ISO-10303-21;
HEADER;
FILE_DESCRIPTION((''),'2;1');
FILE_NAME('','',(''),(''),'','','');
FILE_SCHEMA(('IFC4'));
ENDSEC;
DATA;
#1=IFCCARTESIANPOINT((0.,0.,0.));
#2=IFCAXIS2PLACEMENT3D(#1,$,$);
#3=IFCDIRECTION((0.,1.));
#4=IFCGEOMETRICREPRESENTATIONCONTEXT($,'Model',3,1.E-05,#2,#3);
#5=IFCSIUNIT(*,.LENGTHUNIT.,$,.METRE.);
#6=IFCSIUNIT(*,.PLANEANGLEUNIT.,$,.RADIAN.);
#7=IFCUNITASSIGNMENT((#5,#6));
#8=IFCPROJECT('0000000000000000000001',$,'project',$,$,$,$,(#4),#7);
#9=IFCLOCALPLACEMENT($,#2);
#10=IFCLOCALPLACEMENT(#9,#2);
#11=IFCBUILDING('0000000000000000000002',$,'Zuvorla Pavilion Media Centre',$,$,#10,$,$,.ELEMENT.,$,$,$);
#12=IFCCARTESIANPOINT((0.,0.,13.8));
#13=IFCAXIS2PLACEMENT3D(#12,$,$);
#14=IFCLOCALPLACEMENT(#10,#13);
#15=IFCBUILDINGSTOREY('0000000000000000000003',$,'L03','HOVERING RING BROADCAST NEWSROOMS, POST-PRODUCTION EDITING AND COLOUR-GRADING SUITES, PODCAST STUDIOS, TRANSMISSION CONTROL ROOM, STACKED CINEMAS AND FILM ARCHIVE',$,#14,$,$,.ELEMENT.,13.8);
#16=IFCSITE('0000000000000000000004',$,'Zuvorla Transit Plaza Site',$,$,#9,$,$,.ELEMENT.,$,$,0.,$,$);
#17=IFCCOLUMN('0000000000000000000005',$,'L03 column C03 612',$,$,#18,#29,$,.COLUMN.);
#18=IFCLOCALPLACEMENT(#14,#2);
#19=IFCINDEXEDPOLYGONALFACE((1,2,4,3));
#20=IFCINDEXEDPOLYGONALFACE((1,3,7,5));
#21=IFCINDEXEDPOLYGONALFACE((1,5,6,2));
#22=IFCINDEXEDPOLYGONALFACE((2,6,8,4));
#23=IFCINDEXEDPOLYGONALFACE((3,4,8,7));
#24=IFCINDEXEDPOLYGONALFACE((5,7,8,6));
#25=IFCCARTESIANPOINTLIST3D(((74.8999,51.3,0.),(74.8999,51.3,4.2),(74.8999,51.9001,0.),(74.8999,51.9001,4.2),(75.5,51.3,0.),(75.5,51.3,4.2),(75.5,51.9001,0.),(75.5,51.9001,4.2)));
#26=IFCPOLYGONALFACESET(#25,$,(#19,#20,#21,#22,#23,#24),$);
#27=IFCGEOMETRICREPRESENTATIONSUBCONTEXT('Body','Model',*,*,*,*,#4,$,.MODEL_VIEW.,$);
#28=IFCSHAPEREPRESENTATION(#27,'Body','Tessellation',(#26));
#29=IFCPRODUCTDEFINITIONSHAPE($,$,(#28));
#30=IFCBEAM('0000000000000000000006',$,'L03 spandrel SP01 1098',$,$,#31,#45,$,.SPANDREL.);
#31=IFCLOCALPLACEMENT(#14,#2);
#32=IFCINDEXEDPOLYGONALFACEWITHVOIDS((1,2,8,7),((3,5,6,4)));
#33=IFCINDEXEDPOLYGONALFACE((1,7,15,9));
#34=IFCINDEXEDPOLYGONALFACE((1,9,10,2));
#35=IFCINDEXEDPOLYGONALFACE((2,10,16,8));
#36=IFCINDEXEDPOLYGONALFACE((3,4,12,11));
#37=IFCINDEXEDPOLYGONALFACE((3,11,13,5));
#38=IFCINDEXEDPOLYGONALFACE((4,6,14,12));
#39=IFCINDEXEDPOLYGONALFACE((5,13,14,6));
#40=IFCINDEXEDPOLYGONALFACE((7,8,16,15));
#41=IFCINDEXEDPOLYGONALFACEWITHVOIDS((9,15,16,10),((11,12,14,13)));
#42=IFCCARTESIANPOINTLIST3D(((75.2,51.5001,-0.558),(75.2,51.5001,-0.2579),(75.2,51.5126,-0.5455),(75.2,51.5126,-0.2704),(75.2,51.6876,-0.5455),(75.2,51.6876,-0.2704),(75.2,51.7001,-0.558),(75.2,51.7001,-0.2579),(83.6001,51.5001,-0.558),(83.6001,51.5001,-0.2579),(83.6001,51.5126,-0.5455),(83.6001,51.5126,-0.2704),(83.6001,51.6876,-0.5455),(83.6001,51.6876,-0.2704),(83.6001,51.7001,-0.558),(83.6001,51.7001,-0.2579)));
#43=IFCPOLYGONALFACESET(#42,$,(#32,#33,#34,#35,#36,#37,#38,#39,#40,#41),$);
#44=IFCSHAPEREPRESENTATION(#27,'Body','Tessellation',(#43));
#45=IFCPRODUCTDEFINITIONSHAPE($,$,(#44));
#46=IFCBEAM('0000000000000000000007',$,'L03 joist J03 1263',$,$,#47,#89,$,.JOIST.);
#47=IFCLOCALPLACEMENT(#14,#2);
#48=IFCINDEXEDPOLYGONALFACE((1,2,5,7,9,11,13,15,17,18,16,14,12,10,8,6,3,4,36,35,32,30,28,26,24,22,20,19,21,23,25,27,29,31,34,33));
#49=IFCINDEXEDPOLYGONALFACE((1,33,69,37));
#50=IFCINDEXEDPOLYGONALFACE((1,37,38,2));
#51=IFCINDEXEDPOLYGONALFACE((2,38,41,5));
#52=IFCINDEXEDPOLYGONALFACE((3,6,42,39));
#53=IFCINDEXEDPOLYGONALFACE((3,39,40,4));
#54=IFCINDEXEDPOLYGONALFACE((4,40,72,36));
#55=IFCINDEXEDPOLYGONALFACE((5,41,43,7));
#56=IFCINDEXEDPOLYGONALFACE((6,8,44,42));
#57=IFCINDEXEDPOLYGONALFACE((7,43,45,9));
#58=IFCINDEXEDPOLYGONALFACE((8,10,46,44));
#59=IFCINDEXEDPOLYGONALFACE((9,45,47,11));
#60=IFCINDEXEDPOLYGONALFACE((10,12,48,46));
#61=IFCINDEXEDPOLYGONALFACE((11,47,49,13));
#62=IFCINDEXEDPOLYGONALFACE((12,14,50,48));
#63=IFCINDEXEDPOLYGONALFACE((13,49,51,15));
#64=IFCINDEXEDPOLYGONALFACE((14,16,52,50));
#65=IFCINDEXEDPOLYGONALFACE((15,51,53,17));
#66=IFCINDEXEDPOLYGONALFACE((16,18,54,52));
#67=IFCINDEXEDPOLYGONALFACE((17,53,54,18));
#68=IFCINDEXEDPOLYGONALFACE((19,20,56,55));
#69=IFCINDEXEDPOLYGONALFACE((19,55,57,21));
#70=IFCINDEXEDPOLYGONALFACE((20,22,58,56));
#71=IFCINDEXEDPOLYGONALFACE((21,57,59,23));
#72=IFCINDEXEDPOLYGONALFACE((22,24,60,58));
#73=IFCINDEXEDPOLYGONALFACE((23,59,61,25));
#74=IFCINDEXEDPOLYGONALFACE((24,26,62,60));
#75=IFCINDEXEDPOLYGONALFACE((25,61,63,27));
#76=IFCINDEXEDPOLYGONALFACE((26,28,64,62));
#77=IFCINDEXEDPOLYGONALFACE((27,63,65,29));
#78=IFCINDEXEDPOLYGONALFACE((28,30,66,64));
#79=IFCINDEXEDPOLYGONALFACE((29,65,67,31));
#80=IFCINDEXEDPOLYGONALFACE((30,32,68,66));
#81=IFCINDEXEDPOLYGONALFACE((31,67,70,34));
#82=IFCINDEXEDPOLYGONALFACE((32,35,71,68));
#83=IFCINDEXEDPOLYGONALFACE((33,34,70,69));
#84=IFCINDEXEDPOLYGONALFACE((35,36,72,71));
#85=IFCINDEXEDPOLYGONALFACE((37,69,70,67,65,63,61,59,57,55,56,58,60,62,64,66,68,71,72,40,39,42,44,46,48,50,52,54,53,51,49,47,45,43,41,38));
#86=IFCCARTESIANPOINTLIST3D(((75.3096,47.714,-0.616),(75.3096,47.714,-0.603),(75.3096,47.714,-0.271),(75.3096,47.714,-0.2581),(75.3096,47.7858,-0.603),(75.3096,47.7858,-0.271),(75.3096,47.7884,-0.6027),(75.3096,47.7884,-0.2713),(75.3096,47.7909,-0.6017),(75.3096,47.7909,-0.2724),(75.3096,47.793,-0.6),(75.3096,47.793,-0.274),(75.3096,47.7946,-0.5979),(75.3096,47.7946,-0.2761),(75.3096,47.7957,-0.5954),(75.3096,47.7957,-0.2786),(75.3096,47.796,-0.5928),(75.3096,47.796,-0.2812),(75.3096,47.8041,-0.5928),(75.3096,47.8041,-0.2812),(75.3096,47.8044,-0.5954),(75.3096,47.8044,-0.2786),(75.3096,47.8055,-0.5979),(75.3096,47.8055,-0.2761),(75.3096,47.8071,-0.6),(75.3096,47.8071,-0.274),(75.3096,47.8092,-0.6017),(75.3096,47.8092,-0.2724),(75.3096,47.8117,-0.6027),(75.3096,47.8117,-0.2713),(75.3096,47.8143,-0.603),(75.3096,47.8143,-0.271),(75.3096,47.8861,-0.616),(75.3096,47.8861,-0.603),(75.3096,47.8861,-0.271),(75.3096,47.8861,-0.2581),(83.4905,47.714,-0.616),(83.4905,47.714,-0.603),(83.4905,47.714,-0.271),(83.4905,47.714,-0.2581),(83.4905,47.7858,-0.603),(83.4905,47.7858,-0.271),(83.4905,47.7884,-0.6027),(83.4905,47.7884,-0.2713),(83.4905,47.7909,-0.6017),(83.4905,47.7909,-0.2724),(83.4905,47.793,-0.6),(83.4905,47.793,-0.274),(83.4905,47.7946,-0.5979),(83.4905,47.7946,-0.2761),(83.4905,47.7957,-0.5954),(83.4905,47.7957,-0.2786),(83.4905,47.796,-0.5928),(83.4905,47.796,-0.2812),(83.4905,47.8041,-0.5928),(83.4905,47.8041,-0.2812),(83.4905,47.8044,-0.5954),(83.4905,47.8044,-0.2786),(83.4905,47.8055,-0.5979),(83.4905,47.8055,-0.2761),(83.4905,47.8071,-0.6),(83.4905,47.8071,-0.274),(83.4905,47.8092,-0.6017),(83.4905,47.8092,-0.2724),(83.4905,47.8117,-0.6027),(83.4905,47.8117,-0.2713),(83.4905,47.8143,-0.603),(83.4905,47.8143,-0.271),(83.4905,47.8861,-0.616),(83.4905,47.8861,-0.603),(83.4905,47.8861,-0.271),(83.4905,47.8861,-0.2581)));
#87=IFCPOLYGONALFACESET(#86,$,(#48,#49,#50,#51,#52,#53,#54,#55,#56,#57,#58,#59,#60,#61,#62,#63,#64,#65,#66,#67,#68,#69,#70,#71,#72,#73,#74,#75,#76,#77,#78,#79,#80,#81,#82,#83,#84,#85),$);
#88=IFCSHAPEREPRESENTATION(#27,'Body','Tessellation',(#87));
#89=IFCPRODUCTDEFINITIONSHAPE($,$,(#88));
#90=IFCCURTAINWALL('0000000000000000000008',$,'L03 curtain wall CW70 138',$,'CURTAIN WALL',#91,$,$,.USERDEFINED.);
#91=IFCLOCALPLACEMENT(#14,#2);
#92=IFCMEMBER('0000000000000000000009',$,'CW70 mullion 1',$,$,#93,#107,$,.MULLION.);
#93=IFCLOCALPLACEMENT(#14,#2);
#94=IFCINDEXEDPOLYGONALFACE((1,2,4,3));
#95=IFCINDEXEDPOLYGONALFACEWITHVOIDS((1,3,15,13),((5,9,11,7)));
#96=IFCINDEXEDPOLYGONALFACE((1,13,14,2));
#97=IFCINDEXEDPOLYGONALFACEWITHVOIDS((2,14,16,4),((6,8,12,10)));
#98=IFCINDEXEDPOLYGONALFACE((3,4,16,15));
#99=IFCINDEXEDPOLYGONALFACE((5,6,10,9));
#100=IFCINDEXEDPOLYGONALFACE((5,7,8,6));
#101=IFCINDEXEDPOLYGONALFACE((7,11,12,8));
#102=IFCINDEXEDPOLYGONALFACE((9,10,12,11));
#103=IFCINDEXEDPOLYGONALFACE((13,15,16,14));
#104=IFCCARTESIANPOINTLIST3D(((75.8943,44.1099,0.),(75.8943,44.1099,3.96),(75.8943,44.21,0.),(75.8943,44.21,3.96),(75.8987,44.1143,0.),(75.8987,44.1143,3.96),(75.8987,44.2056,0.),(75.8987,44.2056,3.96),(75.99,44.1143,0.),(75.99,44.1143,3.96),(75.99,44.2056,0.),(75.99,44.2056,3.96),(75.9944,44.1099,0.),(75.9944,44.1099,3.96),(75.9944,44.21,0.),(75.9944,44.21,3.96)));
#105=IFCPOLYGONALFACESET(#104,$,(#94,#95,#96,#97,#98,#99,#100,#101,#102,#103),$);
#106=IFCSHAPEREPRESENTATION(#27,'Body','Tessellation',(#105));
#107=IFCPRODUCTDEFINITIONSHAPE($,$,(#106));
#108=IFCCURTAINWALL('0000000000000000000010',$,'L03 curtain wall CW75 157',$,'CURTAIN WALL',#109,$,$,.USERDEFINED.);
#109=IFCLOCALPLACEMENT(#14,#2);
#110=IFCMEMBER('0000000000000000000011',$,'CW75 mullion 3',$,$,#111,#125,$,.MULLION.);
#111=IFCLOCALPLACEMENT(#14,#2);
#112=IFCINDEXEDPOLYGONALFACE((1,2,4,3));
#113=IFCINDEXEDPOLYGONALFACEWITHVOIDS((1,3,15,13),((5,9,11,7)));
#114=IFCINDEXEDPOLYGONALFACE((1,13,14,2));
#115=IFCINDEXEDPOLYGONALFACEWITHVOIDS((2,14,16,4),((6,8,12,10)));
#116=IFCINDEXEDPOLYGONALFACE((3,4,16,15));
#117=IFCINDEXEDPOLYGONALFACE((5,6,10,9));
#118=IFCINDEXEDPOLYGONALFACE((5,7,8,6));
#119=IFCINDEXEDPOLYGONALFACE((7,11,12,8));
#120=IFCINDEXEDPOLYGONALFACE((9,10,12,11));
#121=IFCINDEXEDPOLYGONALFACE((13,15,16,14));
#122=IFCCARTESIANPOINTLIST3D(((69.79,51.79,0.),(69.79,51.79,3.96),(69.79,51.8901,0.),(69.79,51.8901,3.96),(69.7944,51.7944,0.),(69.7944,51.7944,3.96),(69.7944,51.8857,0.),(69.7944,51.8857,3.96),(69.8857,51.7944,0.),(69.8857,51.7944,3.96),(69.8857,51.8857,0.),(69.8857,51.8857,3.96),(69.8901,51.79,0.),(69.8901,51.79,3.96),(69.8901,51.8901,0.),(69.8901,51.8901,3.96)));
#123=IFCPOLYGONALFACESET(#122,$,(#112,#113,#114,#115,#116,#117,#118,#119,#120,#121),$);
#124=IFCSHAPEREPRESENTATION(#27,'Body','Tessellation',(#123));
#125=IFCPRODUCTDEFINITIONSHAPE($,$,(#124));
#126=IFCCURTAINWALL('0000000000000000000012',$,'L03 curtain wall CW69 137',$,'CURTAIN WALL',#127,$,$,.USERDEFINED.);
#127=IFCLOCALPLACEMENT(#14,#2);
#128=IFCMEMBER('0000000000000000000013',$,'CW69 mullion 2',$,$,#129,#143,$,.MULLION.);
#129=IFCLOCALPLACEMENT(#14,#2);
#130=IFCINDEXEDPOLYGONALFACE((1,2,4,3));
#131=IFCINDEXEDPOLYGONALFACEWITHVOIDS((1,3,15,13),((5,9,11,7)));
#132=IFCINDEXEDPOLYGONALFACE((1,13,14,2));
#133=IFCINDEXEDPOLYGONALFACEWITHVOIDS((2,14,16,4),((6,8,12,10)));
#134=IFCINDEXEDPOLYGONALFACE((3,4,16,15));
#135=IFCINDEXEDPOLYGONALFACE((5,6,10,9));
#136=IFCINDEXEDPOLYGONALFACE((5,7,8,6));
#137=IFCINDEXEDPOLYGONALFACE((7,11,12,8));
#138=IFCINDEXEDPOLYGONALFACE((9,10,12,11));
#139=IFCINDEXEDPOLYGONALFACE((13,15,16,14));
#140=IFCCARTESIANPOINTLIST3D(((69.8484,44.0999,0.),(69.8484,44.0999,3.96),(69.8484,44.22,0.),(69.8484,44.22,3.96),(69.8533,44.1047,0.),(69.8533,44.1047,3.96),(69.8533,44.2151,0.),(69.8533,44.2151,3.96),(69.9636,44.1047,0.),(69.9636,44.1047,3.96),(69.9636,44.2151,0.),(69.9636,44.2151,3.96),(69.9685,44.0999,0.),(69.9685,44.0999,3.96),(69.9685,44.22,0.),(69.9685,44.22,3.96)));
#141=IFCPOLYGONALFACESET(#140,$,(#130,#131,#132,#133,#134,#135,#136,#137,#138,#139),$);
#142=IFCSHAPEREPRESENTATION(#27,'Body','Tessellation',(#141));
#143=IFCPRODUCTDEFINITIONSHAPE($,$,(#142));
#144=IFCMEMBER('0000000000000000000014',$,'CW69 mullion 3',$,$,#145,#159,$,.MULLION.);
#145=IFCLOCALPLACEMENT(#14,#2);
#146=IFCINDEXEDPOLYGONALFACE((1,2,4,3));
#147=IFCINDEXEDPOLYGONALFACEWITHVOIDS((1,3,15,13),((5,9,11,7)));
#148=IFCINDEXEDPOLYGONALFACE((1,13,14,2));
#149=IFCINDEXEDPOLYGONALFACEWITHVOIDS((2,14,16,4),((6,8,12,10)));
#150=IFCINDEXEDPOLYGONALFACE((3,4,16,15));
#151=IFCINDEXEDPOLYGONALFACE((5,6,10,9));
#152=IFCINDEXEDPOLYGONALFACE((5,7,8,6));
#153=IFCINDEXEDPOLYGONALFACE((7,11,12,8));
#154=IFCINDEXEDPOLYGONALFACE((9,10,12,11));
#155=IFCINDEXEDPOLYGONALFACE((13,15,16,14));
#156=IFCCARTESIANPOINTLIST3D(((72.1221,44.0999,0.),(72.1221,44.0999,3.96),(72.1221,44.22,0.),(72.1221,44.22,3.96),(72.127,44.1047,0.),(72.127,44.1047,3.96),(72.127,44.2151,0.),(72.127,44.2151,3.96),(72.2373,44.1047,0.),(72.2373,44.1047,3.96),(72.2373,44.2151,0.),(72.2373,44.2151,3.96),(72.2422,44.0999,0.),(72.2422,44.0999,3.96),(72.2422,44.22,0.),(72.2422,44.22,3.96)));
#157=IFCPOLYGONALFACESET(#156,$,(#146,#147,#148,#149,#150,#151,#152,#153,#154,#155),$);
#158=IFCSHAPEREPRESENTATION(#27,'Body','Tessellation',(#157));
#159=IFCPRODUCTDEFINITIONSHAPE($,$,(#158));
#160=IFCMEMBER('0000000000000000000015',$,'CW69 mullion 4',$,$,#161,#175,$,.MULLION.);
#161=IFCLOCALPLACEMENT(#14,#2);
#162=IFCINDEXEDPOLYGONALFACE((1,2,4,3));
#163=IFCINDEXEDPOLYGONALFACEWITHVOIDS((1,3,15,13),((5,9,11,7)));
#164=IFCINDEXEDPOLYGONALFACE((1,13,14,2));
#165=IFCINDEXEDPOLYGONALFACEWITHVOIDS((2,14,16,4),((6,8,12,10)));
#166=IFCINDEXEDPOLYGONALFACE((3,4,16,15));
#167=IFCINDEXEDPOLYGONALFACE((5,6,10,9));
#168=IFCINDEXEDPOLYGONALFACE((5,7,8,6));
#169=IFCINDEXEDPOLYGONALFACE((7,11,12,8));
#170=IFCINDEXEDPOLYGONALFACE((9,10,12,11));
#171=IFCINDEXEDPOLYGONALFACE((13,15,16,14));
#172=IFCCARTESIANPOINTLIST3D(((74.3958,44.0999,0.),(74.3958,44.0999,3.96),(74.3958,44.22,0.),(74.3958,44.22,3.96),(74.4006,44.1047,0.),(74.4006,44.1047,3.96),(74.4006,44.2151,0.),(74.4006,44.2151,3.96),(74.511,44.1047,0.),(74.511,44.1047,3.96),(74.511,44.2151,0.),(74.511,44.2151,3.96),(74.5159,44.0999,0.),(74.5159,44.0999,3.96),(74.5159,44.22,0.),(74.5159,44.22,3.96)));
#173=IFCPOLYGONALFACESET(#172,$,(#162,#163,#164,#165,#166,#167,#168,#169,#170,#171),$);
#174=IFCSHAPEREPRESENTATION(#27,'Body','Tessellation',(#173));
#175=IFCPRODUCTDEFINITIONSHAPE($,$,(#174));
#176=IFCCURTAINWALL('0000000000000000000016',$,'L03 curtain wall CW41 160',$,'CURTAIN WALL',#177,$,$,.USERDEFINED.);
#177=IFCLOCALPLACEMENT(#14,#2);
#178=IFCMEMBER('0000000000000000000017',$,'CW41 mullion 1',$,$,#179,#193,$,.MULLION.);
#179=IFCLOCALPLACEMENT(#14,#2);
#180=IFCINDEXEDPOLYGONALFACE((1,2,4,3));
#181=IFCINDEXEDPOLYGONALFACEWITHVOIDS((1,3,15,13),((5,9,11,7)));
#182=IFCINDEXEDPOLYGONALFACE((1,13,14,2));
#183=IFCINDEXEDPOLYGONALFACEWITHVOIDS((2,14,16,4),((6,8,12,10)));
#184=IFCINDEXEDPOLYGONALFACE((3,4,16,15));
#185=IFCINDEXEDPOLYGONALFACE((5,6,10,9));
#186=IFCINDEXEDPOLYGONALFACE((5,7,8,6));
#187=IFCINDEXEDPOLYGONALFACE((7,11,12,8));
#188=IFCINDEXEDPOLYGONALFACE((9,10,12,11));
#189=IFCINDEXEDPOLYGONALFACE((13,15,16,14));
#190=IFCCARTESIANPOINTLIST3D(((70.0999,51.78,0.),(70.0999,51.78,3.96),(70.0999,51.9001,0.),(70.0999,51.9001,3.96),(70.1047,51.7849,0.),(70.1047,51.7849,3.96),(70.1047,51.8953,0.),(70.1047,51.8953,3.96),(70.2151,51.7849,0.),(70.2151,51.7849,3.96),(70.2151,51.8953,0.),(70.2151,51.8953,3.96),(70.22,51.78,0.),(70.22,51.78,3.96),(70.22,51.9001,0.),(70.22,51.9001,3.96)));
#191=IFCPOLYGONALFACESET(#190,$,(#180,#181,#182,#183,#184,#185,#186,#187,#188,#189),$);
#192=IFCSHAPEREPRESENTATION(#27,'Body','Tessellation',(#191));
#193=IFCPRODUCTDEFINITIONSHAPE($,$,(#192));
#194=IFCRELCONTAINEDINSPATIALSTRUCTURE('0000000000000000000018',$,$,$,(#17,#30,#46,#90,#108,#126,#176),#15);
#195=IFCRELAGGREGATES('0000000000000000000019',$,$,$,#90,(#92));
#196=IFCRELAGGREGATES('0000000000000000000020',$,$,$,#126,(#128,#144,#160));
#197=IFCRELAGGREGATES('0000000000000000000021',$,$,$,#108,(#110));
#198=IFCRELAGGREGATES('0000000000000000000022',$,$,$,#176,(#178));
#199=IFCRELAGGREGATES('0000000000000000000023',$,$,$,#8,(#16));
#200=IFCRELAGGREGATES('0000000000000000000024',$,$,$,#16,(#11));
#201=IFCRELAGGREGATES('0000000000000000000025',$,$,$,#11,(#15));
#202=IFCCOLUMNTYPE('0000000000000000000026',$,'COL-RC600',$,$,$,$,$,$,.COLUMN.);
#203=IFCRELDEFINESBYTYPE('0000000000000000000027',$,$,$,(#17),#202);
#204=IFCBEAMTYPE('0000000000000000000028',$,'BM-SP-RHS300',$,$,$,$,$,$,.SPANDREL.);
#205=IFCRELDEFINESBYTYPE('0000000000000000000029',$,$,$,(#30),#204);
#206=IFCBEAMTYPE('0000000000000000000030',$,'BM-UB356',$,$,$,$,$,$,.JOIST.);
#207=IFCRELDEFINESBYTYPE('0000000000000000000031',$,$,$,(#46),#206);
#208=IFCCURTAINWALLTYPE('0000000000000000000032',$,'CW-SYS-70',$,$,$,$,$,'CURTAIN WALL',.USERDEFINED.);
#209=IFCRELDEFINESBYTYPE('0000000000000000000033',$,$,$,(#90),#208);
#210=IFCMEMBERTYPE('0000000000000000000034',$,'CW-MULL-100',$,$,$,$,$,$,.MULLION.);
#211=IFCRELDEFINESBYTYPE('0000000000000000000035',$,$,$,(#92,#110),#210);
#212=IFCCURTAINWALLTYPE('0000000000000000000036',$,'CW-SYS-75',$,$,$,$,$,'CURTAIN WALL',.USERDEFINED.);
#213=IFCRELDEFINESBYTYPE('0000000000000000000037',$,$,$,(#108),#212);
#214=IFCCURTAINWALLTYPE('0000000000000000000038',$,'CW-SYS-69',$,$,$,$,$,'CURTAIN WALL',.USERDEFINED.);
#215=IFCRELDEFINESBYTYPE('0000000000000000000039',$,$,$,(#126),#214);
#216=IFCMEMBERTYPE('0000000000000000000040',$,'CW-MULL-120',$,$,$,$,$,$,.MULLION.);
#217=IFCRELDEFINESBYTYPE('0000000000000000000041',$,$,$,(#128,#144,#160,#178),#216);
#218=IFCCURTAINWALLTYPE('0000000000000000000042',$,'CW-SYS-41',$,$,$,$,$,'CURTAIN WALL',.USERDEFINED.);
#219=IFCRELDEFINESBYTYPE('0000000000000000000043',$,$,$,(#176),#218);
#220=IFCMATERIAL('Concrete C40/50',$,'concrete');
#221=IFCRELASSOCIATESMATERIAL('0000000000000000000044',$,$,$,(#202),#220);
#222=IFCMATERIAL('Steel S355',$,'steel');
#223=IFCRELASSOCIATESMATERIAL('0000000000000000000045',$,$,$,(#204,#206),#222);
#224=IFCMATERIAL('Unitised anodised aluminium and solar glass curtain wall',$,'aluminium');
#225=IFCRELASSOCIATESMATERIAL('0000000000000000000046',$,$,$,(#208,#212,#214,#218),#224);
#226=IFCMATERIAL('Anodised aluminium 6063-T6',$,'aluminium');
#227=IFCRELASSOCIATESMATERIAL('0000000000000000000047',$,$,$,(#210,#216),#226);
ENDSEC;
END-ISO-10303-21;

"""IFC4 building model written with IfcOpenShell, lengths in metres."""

from ifc_helpers import new_model, si_unit, direction, frame, origin, origin_2d, place, context, subcontext, project, spatial, rectangle, hollow_rectangle, i_section, extrude, material, material_profile, profile_set, type_object, element, aggregate, save


model = new_model("IFC4")

# Units and contexts
model_context = context("Model", 3, precision=1e-05, world=origin(), true_north=direction((0.0, 1.0)))
body_context = subcontext(model_context, "Body", "Model", "MODEL_VIEW")
ifc_project = project(units=[si_unit("LENGTHUNIT", "METRE"), si_unit("PLANEANGLEUNIT", "RADIAN")], contexts=[model_context])

# Site, building, storey
site_placement = place(None, origin())
site = spatial("IfcSite", under=ifc_project, at=site_placement, Name="Zuvorla Transit Plaza Site", CompositionType="ELEMENT", RefElevation=0.0)
building_placement = place(site_placement, origin())
building = spatial("IfcBuilding", under=site, at=building_placement, Name="Zuvorla Pavilion Media Centre", CompositionType="ELEMENT")
storey_placement = place(building_placement, frame((0.0, 0.0, 13.8)))
storey = spatial("IfcBuildingStorey", under=building, at=storey_placement, Name="L03", Description="HOVERING RING BROADCAST NEWSROOMS, POST-PRODUCTION EDITING AND COLOUR-GRADING SUITES, PODCAST STUDIOS, TRANSMISSION CONTROL ROOM, STACKED CINEMAS AND FILM ARCHIVE", CompositionType="ELEMENT", Elevation=13.8)

# Column
ifc_material_1 = material(Name="Concrete C40/50", Category="concrete")
ifc_material_profile_1 = material_profile(ifc_material_1, rectangle(XDim=0.6001, YDim=0.6001, at=origin_2d()), Name="RC 600x600")
ifc_profile_set_1 = profile_set([ifc_material_profile_1], Name="Concrete C40/50")
column_type = type_object("IfcColumnType", Name="COL-RC600", PredefinedType="COLUMN", material=ifc_profile_set_1)
column_placement = place(storey_placement, frame((75.2, 51.6001, 0.0), z_axis=(0.0, 0.0, 1.0), x_axis=(1.0, 0.0, 0.0)))
element("IfcColumn", 1, at=column_placement, inside=storey, type_object=column_type, Name="L03 column C03 612", PredefinedType="COLUMN", context=body_context, shape_type="SweptSolid", body=[
    extrude(rectangle(XDim=0.6001, YDim=0.6001, at=origin_2d()), origin(), (0.0, 0.0, 1.0), 4.2),
])

# Beams
ifc_material_2 = material(Name="Steel S355", Category="steel")
ifc_material_profile_2 = material_profile(ifc_material_2, hollow_rectangle(XDim=0.2, YDim=0.3, WallThickness=0.0125, at=origin_2d()), Name="RHS 300x200x12.5")
ifc_profile_set_2 = profile_set([ifc_material_profile_2], Name="Steel S355")
beam_type_1 = type_object("IfcBeamType", Name="BM-SP-RHS300", PredefinedType="SPANDREL", material=ifc_profile_set_2)
beam_1_placement = place(storey_placement, frame((75.2, 51.6001, -0.408), z_axis=(1.0, 0.0, 0.0), x_axis=(0.0, 1.0, 0.0)))
element("IfcBeam", 2, at=beam_1_placement, inside=storey, type_object=beam_type_1, Name="L03 spandrel SP01 1098", PredefinedType="SPANDREL", context=body_context, shape_type="SweptSolid", body=[
    extrude(hollow_rectangle(XDim=0.2, YDim=0.3, WallThickness=0.0125, at=origin_2d()), origin(), (0.0, 0.0, 1.0), 8.4001),
])
ifc_material_profile_3 = material_profile(ifc_material_2, i_section(OverallWidth=0.1721, OverallDepth=0.3579, WebThickness=0.0081, FlangeThickness=0.0129, FilletRadius=0.0103, at=origin_2d()), Name="UB 356x171x57")
ifc_profile_set_3 = profile_set([ifc_material_profile_3], Name="Steel S355")
beam_type_2 = type_object("IfcBeamType", Name="BM-UB356", PredefinedType="JOIST", material=ifc_profile_set_3)
beam_2_placement = place(storey_placement, frame((75.3096, 47.8, -0.437), z_axis=(1.0, 0.0, 0.0), x_axis=(0.0, 1.0, 0.0)))
element("IfcBeam", 3, at=beam_2_placement, inside=storey, type_object=beam_type_2, Name="L03 joist J03 1263", PredefinedType="JOIST", context=body_context, shape_type="SweptSolid", body=[
    extrude(i_section(OverallWidth=0.1721, OverallDepth=0.3579, WebThickness=0.0081, FlangeThickness=0.0129, FilletRadius=0.0103, at=origin_2d()), origin(), (0.0, 0.0, 1.0), 8.1809),
])

# Curtain walls, members
ifc_material_3 = material(Name="Unitised anodised aluminium and solar glass curtain wall", Category="aluminium")
curtain_wall_type_1 = type_object("IfcCurtainWallType", Name="CW-SYS-70", ElementType="CURTAIN WALL", PredefinedType="USERDEFINED", material=ifc_material_3)
curtain_wall_1_placement = place(storey_placement, origin())
curtain_wall_1 = element("IfcCurtainWall", 4, at=curtain_wall_1_placement, inside=storey, type_object=curtain_wall_type_1, Name="L03 curtain wall CW70 138", ObjectType="CURTAIN WALL", PredefinedType="USERDEFINED")
ifc_material_4 = material(Name="Anodised aluminium 6063-T6", Category="aluminium")
ifc_material_profile_4 = material_profile(ifc_material_4, hollow_rectangle(XDim=0.1001, YDim=0.1001, WallThickness=0.0044, at=origin_2d()), Name="ALU MULL 100x100")
ifc_profile_set_4 = profile_set([ifc_material_profile_4], Name="Anodised aluminium 6063-T6")
member_type_1 = type_object("IfcMemberType", Name="CW-MULL-100", PredefinedType="MULLION", material=ifc_profile_set_4)
member_1_placement = place(storey_placement, frame((75.9443, 44.1599, 0.0), z_axis=(0.0, 0.0, 1.0), x_axis=(1.0, 0.0, 0.0)))
member_1 = element("IfcMember", 5, at=member_1_placement, type_object=member_type_1, Name="CW70 mullion 1", PredefinedType="MULLION", context=body_context, shape_type="SweptSolid", body=[
    extrude(hollow_rectangle(XDim=0.1001, YDim=0.1001, WallThickness=0.0044, at=origin_2d()), origin(), (0.0, 0.0, 1.0), 3.96),
])
curtain_wall_type_2 = type_object("IfcCurtainWallType", Name="CW-SYS-75", ElementType="CURTAIN WALL", PredefinedType="USERDEFINED", material=ifc_material_3)
curtain_wall_2_placement = place(storey_placement, origin())
curtain_wall_2 = element("IfcCurtainWall", 6, at=curtain_wall_2_placement, inside=storey, type_object=curtain_wall_type_2, Name="L03 curtain wall CW75 157", ObjectType="CURTAIN WALL", PredefinedType="USERDEFINED")
member_2_placement = place(storey_placement, frame((69.8401, 51.8401, 0.0), z_axis=(0.0, 0.0, 1.0), x_axis=(1.0, 0.0, 0.0)))
member_2 = element("IfcMember", 7, at=member_2_placement, type_object=member_type_1, Name="CW75 mullion 3", PredefinedType="MULLION", context=body_context, shape_type="SweptSolid", body=[
    extrude(hollow_rectangle(XDim=0.1001, YDim=0.1001, WallThickness=0.0044, at=origin_2d()), origin(), (0.0, 0.0, 1.0), 3.96),
])

# Curtain walls, members
curtain_wall_type_3 = type_object("IfcCurtainWallType", Name="CW-SYS-69", ElementType="CURTAIN WALL", PredefinedType="USERDEFINED", material=ifc_material_3)
curtain_wall_3_placement = place(storey_placement, origin())
curtain_wall_3 = element("IfcCurtainWall", 8, at=curtain_wall_3_placement, inside=storey, type_object=curtain_wall_type_3, Name="L03 curtain wall CW69 137", ObjectType="CURTAIN WALL", PredefinedType="USERDEFINED")
ifc_material_profile_5 = material_profile(ifc_material_4, hollow_rectangle(XDim=0.1201, YDim=0.1201, WallThickness=0.0049, at=origin_2d()), Name="ALU MULL 120x120")
ifc_profile_set_5 = profile_set([ifc_material_profile_5], Name="Anodised aluminium 6063-T6")
member_type_2 = type_object("IfcMemberType", Name="CW-MULL-120", PredefinedType="MULLION", material=ifc_profile_set_5)
member_3_placement = place(storey_placement, frame((69.9084, 44.1599, 0.0), z_axis=(0.0, 0.0, 1.0), x_axis=(1.0, 0.0, 0.0)))
member_3 = element("IfcMember", 9, at=member_3_placement, type_object=member_type_2, Name="CW69 mullion 2", PredefinedType="MULLION", context=body_context, shape_type="SweptSolid", body=[
    extrude(hollow_rectangle(XDim=0.1201, YDim=0.1201, WallThickness=0.0049, at=origin_2d()), origin(), (0.0, 0.0, 1.0), 3.96),
])
member_4_placement = place(storey_placement, frame((72.1821, 44.1599, 0.0), z_axis=(0.0, 0.0, 1.0), x_axis=(1.0, 0.0, 0.0)))
member_4 = element("IfcMember", 10, at=member_4_placement, type_object=member_type_2, Name="CW69 mullion 3", PredefinedType="MULLION", context=body_context, shape_type="SweptSolid", body=[
    extrude(hollow_rectangle(XDim=0.1201, YDim=0.1201, WallThickness=0.0049, at=origin_2d()), origin(), (0.0, 0.0, 1.0), 3.96),
])
member_5_placement = place(storey_placement, frame((74.4558, 44.1599, 0.0), z_axis=(0.0, 0.0, 1.0), x_axis=(1.0, 0.0, 0.0)))
member_5 = element("IfcMember", 11, at=member_5_placement, type_object=member_type_2, Name="CW69 mullion 4", PredefinedType="MULLION", context=body_context, shape_type="SweptSolid", body=[
    extrude(hollow_rectangle(XDim=0.1201, YDim=0.1201, WallThickness=0.0049, at=origin_2d()), origin(), (0.0, 0.0, 1.0), 3.96),
])
curtain_wall_type_4 = type_object("IfcCurtainWallType", Name="CW-SYS-41", ElementType="CURTAIN WALL", PredefinedType="USERDEFINED", material=ifc_material_3)
curtain_wall_4_placement = place(storey_placement, origin())
curtain_wall_4 = element("IfcCurtainWall", 12, at=curtain_wall_4_placement, inside=storey, type_object=curtain_wall_type_4, Name="L03 curtain wall CW41 160", ObjectType="CURTAIN WALL", PredefinedType="USERDEFINED")
member_6_placement = place(storey_placement, frame((70.1599, 51.8401, 0.0), z_axis=(0.0, 0.0, 1.0), x_axis=(1.0, 0.0, 0.0)))
member_6 = element("IfcMember", 13, at=member_6_placement, type_object=member_type_2, Name="CW41 mullion 1", PredefinedType="MULLION", context=body_context, shape_type="SweptSolid", body=[
    extrude(hollow_rectangle(XDim=0.1201, YDim=0.1201, WallThickness=0.0049, at=origin_2d()), origin(), (0.0, 0.0, 1.0), 3.96),
])

aggregate(curtain_wall_1, [member_1])

aggregate(curtain_wall_3, [member_3, member_4, member_5])
aggregate(curtain_wall_2, [member_2])
aggregate(curtain_wall_4, [member_6])

save(model, "model.ifc")
